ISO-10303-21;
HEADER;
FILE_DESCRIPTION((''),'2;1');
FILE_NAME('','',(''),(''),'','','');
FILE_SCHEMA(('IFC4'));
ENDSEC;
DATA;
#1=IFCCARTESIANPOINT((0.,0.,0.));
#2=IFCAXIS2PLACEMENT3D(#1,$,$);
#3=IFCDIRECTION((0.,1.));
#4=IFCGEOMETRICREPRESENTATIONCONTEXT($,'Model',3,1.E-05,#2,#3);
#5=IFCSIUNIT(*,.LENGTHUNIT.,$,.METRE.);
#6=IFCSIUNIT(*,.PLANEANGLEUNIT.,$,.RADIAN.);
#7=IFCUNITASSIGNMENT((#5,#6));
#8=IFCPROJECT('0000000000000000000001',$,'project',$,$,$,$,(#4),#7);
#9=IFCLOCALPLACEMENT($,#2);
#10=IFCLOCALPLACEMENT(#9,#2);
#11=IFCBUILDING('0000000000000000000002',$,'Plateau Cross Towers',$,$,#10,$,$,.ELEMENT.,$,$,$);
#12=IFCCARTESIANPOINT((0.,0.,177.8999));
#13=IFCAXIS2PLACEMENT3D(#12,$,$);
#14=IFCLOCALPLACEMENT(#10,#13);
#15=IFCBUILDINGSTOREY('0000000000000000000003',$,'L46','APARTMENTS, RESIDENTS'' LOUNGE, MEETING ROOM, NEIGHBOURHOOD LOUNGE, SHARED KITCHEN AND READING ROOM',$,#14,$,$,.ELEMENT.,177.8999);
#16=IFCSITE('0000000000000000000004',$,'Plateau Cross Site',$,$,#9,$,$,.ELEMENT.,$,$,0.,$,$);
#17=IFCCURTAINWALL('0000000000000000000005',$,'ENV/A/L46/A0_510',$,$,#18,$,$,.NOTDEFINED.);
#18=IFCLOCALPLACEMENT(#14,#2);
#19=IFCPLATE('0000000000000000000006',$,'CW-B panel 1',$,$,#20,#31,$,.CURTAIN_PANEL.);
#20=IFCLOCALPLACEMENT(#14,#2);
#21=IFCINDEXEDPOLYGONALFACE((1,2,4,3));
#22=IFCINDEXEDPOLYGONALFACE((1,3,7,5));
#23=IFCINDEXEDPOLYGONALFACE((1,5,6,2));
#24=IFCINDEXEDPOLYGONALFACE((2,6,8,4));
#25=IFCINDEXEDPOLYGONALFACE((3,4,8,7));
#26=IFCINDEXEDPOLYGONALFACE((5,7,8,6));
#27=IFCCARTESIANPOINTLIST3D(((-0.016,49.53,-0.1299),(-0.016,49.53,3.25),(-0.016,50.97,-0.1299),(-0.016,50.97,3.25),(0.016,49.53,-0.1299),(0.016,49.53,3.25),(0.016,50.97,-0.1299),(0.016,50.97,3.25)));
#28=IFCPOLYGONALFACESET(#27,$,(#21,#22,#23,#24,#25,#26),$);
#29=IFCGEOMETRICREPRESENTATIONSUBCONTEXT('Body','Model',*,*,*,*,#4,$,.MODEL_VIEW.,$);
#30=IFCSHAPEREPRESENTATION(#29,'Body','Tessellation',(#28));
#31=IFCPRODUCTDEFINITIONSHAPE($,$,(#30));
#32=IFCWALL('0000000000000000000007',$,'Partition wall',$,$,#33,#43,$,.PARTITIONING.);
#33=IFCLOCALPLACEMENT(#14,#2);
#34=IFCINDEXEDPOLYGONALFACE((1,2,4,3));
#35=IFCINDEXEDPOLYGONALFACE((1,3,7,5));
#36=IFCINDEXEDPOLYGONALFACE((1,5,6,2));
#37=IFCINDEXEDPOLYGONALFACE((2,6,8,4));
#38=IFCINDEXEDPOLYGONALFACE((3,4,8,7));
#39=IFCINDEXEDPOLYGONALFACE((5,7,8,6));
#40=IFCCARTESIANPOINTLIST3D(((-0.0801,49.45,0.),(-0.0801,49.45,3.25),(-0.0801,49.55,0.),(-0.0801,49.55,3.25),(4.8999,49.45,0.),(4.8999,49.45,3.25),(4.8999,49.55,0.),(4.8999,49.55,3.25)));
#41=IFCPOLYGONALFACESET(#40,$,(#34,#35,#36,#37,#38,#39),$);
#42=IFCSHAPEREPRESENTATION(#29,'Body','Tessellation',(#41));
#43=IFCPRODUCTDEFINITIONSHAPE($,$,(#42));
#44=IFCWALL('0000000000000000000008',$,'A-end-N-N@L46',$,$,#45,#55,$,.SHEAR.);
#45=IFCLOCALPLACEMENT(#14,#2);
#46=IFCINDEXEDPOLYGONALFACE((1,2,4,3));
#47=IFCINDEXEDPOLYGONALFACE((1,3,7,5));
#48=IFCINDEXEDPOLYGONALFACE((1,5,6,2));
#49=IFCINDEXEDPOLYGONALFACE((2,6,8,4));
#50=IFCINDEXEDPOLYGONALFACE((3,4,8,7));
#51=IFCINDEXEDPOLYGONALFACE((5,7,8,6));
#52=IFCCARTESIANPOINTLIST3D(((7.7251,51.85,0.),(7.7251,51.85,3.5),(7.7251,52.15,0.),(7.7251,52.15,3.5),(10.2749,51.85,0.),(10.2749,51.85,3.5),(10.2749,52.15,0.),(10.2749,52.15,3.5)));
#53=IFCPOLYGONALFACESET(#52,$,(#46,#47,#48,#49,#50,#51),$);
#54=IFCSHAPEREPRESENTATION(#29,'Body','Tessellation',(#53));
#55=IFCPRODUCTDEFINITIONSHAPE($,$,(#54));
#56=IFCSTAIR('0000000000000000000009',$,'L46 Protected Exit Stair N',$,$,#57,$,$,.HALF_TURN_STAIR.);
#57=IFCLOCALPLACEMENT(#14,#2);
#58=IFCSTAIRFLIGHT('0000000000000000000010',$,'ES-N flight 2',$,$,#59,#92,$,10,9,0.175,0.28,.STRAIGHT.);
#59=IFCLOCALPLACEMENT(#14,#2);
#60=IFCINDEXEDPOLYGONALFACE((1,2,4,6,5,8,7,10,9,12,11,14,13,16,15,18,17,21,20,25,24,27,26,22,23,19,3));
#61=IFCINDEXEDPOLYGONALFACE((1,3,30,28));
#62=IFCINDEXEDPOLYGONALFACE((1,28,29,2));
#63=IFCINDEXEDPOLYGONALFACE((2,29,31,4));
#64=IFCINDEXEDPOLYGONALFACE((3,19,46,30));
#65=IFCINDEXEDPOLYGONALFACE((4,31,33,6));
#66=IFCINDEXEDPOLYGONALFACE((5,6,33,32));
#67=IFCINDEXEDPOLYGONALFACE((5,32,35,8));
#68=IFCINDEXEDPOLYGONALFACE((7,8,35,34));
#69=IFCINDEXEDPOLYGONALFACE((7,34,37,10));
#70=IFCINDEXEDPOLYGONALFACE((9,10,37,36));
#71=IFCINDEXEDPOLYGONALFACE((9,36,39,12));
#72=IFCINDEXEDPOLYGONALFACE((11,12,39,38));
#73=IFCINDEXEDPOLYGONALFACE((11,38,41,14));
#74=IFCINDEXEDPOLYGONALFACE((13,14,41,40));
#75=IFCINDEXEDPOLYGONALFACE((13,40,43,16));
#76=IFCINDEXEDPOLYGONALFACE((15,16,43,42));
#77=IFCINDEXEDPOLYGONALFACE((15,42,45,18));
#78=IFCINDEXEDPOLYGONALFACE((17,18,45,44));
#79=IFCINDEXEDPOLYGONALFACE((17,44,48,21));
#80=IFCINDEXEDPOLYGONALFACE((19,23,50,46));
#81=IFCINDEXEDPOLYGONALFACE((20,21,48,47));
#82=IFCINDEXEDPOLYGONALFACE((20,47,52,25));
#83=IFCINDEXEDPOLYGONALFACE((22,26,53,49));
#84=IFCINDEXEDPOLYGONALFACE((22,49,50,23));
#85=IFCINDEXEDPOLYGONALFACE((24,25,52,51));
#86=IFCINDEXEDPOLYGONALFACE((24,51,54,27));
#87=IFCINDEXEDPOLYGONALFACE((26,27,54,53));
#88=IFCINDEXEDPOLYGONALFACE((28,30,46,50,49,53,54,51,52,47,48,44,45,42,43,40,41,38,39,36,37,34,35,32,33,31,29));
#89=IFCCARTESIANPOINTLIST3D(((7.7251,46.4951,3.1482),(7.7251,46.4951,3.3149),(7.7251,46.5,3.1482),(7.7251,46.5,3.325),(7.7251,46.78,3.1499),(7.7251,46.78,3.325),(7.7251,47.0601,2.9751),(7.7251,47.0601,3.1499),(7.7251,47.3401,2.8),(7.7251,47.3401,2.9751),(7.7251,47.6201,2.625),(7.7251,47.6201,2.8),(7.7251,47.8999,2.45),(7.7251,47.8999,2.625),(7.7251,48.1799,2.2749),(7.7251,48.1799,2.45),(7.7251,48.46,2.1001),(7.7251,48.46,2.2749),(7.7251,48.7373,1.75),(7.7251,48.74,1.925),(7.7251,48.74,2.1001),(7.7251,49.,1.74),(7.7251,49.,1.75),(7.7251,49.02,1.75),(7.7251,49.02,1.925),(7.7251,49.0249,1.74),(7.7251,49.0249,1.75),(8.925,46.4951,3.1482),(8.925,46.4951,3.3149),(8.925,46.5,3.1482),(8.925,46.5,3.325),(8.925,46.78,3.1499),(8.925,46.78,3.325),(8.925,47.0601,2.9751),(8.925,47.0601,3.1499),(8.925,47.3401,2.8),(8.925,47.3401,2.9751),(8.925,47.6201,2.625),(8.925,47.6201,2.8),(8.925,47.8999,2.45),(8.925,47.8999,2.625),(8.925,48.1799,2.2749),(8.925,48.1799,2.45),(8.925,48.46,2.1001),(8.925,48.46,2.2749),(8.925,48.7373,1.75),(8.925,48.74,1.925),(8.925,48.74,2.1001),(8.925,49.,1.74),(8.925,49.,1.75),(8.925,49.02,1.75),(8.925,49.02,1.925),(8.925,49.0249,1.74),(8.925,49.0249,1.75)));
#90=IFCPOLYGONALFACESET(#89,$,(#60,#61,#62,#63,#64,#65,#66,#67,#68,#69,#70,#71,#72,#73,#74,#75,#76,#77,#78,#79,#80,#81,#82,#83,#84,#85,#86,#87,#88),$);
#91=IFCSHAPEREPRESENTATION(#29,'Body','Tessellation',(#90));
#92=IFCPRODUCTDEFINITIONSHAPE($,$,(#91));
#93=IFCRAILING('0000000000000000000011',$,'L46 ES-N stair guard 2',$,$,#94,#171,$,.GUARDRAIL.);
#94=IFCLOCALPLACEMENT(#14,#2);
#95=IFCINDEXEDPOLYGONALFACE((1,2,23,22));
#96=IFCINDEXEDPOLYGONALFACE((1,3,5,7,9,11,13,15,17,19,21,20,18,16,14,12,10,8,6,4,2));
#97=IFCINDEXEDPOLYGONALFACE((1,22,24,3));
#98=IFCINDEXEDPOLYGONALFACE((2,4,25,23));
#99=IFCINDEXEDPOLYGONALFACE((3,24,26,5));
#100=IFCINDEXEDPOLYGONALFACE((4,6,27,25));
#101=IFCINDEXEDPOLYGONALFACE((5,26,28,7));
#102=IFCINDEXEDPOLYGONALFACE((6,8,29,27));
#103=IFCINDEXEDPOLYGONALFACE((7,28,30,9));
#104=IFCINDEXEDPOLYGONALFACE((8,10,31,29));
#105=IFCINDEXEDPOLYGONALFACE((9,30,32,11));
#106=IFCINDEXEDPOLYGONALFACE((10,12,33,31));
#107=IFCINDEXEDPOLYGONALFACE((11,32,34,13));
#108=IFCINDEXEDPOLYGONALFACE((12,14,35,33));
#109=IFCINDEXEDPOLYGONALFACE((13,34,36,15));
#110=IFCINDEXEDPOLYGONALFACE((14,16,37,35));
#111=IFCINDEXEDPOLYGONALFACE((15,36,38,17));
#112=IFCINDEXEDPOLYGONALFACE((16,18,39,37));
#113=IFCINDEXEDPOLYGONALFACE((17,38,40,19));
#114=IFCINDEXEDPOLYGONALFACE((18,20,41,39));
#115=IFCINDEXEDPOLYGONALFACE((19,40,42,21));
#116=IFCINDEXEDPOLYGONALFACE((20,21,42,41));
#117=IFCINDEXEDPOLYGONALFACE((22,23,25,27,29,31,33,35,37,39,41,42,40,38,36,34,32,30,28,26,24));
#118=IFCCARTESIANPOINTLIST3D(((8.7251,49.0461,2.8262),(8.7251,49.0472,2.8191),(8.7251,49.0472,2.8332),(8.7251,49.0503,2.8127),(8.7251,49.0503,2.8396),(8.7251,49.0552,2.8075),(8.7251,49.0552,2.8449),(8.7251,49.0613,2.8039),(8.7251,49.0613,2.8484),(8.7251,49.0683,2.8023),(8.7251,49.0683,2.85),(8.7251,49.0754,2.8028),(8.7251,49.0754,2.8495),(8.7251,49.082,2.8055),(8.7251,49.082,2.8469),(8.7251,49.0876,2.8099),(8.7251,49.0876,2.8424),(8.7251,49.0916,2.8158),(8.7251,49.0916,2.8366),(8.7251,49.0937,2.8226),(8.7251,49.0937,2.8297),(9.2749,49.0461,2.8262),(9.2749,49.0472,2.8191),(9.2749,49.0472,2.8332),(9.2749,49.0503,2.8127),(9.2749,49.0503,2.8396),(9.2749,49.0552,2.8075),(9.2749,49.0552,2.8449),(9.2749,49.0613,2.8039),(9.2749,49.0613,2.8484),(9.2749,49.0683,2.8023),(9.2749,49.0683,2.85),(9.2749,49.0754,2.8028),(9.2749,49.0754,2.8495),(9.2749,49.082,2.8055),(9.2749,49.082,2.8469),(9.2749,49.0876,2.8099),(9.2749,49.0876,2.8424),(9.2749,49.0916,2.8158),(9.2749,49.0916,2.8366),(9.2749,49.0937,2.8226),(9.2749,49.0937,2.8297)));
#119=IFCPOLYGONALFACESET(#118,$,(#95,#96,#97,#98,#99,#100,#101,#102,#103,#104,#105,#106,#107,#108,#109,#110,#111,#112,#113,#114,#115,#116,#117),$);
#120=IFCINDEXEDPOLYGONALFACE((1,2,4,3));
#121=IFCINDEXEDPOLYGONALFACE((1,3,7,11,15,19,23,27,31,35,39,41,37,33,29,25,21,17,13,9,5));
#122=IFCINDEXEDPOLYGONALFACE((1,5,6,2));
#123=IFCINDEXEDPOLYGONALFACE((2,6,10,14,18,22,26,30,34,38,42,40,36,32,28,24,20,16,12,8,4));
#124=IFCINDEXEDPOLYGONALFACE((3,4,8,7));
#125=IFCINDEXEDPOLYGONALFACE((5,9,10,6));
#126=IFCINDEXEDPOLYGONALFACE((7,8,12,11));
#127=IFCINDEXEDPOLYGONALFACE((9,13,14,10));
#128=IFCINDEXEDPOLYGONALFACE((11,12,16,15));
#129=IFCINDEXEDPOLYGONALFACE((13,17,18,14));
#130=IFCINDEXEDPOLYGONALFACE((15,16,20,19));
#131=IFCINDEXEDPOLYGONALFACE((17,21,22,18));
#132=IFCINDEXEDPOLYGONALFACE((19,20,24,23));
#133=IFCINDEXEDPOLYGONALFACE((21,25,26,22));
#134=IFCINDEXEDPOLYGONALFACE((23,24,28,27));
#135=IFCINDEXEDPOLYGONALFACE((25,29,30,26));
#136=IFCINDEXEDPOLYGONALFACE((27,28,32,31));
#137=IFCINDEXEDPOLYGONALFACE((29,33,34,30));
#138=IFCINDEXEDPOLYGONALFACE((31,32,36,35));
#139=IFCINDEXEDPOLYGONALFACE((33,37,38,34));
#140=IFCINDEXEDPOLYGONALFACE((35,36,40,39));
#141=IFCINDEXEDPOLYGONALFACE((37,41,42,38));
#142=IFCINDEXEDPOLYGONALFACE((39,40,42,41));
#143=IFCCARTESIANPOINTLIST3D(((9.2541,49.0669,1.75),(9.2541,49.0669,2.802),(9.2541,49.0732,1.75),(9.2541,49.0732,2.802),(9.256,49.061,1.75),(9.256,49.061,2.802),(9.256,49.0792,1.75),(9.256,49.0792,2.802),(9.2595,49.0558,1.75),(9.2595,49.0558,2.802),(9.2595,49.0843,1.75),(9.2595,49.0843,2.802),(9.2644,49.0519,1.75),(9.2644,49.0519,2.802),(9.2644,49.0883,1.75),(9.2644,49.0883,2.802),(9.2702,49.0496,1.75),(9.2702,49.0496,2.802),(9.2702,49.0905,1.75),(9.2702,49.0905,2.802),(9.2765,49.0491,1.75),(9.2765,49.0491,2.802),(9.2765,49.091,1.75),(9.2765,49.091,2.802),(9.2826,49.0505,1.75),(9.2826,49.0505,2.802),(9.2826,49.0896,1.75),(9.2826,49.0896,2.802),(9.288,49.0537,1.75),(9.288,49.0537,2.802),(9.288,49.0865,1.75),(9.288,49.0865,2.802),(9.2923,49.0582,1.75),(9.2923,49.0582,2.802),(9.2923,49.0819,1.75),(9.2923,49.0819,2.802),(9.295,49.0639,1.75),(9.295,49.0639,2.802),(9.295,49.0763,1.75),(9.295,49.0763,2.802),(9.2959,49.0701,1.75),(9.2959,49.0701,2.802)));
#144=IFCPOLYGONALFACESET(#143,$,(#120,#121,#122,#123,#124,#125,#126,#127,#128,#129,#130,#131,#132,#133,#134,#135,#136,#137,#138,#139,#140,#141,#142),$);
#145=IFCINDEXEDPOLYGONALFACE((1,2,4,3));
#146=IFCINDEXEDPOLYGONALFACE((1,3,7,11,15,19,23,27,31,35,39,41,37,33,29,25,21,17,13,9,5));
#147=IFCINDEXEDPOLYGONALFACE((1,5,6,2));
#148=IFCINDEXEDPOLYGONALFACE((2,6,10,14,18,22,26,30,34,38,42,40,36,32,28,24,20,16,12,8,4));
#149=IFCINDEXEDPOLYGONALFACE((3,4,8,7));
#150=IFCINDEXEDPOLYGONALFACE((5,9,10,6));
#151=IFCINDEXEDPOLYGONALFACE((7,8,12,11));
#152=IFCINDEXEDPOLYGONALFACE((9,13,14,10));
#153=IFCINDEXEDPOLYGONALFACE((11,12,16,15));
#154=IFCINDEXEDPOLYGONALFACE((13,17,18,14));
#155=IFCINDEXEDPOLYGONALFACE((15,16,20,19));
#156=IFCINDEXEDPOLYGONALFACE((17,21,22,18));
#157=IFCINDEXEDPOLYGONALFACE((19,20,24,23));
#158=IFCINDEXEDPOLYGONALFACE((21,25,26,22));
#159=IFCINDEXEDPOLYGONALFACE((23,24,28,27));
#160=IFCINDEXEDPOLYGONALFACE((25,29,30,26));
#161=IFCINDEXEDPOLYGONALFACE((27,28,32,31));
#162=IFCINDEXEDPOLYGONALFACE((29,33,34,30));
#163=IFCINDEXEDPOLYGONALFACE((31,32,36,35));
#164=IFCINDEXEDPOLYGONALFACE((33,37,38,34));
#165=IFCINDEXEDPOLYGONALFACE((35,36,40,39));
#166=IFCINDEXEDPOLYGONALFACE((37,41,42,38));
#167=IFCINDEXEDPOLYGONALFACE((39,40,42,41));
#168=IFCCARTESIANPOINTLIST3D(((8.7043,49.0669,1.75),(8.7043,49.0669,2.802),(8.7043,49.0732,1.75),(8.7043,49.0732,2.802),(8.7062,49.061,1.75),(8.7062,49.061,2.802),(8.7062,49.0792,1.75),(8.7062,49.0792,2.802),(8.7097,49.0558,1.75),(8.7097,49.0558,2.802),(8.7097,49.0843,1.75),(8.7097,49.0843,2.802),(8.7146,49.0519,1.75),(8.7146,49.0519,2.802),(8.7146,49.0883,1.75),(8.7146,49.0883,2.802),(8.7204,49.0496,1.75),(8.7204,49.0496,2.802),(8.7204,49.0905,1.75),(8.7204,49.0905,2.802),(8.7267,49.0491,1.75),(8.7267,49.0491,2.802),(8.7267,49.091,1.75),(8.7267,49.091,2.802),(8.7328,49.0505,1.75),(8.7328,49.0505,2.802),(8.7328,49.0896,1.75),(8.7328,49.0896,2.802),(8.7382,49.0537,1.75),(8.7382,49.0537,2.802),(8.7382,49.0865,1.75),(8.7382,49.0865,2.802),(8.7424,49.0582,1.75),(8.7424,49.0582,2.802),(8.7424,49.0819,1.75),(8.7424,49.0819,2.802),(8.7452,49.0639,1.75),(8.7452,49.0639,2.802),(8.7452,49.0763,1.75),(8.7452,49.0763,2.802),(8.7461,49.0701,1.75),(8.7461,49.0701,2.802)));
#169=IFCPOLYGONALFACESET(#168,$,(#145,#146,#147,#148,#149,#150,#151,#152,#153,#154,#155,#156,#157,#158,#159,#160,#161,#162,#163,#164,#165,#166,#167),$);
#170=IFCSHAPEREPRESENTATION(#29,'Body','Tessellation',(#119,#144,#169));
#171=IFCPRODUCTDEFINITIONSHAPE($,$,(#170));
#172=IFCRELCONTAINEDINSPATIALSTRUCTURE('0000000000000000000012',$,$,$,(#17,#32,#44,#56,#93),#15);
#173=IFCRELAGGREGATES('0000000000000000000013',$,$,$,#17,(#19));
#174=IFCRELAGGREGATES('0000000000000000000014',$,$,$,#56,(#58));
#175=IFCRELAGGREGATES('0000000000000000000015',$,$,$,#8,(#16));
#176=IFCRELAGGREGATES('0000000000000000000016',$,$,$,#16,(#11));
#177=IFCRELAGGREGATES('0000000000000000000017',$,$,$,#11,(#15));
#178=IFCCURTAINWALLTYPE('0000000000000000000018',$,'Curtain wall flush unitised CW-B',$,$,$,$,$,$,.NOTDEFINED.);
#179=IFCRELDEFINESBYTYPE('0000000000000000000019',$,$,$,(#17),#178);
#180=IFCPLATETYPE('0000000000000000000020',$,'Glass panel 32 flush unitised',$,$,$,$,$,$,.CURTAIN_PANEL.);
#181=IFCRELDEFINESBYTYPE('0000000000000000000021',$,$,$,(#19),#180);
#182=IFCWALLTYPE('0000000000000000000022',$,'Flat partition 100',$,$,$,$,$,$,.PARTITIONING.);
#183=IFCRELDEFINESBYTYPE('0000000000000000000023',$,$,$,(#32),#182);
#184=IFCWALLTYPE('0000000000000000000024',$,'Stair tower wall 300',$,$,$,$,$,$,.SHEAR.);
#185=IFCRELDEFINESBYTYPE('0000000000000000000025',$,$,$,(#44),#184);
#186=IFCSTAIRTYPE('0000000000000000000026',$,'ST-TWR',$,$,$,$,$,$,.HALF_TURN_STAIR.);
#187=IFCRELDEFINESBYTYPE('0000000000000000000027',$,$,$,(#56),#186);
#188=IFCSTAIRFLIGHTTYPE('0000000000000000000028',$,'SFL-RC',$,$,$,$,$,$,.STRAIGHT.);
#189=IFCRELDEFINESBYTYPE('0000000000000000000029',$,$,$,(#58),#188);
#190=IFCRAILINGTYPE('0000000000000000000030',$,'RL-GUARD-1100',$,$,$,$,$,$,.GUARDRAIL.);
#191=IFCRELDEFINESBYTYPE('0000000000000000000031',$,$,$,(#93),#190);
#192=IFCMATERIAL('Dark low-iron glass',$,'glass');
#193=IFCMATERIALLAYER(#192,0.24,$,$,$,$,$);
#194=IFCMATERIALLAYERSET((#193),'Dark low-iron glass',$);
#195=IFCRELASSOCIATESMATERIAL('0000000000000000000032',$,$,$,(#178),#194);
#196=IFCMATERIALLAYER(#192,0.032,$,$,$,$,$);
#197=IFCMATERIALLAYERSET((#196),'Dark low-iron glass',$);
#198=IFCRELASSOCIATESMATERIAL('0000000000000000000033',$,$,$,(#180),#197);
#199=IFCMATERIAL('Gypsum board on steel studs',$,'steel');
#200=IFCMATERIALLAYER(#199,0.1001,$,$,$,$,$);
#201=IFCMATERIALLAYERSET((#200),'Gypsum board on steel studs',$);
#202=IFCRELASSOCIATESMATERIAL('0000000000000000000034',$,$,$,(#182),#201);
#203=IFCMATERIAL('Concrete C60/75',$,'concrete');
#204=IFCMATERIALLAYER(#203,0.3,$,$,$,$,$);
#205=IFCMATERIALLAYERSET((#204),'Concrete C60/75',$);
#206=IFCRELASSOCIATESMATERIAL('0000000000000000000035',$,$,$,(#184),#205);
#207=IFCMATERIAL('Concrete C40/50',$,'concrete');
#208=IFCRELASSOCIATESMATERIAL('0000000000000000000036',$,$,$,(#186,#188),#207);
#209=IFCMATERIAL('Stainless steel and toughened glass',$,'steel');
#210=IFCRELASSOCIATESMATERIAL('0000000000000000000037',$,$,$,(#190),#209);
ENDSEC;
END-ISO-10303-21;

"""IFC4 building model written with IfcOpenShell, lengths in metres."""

from ifc_helpers import new_model, si_unit, direction, frame, frame_2d, origin, origin_2d, place, context, subcontext, project, spatial, polyline, rectangle, circle, outline, extrude, material, layer, layer_set, type_object, element, aggregate, save


model = new_model("IFC4")

# Units and contexts
model_context = context("Model", 3, precision=1e-05, world=origin(), true_north=direction((0.0, 1.0)))
body_context = subcontext(model_context, "Body", "Model", "MODEL_VIEW")
ifc_project = project(units=[si_unit("LENGTHUNIT", "METRE"), si_unit("PLANEANGLEUNIT", "RADIAN")], contexts=[model_context])

# Site, building, storey
site_placement = place(None, origin())
site = spatial("IfcSite", under=ifc_project, at=site_placement, Name="Plateau Cross Site", CompositionType="ELEMENT", RefElevation=0.0)
building_placement = place(site_placement, origin())
building = spatial("IfcBuilding", under=site, at=building_placement, Name="Plateau Cross Towers", CompositionType="ELEMENT")
storey_placement = place(building_placement, frame((0.0, 0.0, 177.8999)))
storey = spatial("IfcBuildingStorey", under=building, at=storey_placement, Name="L46", Description="APARTMENTS, RESIDENTS' LOUNGE, MEETING ROOM, NEIGHBOURHOOD LOUNGE, SHARED KITCHEN AND READING ROOM", CompositionType="ELEMENT", Elevation=177.8999)

# Shared definitions
ifc_material_1 = material(Name="Concrete C60/75", Category="concrete")

# Shared definitions
ifc_material_2 = material(Name="Dark low-iron glass", Category="glass")
ifc_layer_1 = layer(ifc_material_2, 0.24)
ifc_layer_set_1 = layer_set([ifc_layer_1], Name="Dark low-iron glass")
curtain_wall_type = type_object("IfcCurtainWallType", Name="Curtain wall flush unitised CW-B", PredefinedType="NOTDEFINED", material=ifc_layer_set_1)

# Curtain wall
curtain_wall_1_placement = place(storey_placement, origin())
curtain_wall_1 = element("IfcCurtainWall", 1, at=curtain_wall_1_placement, inside=storey, type_object=curtain_wall_type, Name="ENV/A/L46/A0_510", PredefinedType="NOTDEFINED")

# Plate
ifc_layer_2 = layer(ifc_material_2, 0.032)
ifc_layer_set_2 = layer_set([ifc_layer_2], Name="Dark low-iron glass")
plate_type = type_object("IfcPlateType", Name="Glass panel 32 flush unitised", PredefinedType="CURTAIN_PANEL", material=ifc_layer_set_2)
plate_1_placement = place(storey_placement, frame((0.0, 50.25, -0.1299), z_axis=(0.0, 0.0, 1.0), x_axis=(0.0, -1.0, 0.0)))
plate_1 = element("IfcPlate", 2, at=plate_1_placement, type_object=plate_type, Name="CW-B panel 1", PredefinedType="CURTAIN_PANEL", context=body_context, shape_type="SweptSolid", body=[
    extrude(rectangle(XDim=1.4399, YDim=0.032, at=origin_2d()), origin(), (0.0, 0.0, 1.0), 3.3799),
])
aggregate(curtain_wall_1, [plate_1])

# Walls
ifc_material_3 = material(Name="Gypsum board on steel studs", Category="steel")
ifc_layer_3 = layer(ifc_material_3, 0.1001)
ifc_layer_set_3 = layer_set([ifc_layer_3], Name="Gypsum board on steel studs")
wall_type_1 = type_object("IfcWallType", Name="Flat partition 100", PredefinedType="PARTITIONING", material=ifc_layer_set_3)
wall_1_placement = place(storey_placement, frame((4.8999, 49.5, 0.0), z_axis=(0.0, 0.0, 1.0), x_axis=(-1.0, 0.0, 0.0)))
element("IfcWall", 3, at=wall_1_placement, inside=storey, type_object=wall_type_1, Name="Partition wall", PredefinedType="PARTITIONING", context=body_context, shape_type="SweptSolid", body=[
    extrude(rectangle(XDim=4.98, YDim=0.1001, at=frame_2d((2.49, 0.0))), origin(), (0.0, 0.0, 1.0), 3.25),
])
ifc_layer_4 = layer(ifc_material_1, 0.3)
ifc_layer_set_4 = layer_set([ifc_layer_4], Name="Concrete C60/75")
wall_type_2 = type_object("IfcWallType", Name="Stair tower wall 300", PredefinedType="SHEAR", material=ifc_layer_set_4)
wall_2_placement = place(storey_placement, frame((7.7251, 52.0, 0.0), z_axis=(0.0, 0.0, 1.0), x_axis=(1.0, 0.0, 0.0)))
element("IfcWall", 4, at=wall_2_placement, inside=storey, type_object=wall_type_2, Name="A-end-N-N@L46", PredefinedType="SHEAR", context=body_context, shape_type="SweptSolid", body=[
    extrude(rectangle(XDim=2.5498, YDim=0.3, at=frame_2d((1.2749, 0.0))), origin(), (0.0, 0.0, 1.0), 3.5),
])

# Stair, stair flight
ifc_material_4 = material(Name="Concrete C40/50", Category="concrete")
stair_type = type_object("IfcStairType", Name="ST-TWR", PredefinedType="HALF_TURN_STAIR", material=ifc_material_4)
stair_placement = place(storey_placement, origin())
stair = element("IfcStair", 5, at=stair_placement, inside=storey, type_object=stair_type, Name="L46 Protected Exit Stair N", PredefinedType="HALF_TURN_STAIR")
stair_flight_type = type_object("IfcStairFlightType", Name="SFL-RC", PredefinedType="STRAIGHT", material=ifc_material_4)
stair_flight_placement = place(storey_placement, frame((8.325, 49.02, 1.75), z_axis=(0.0, 0.0, 1.0), x_axis=(0.0, -1.0, 0.0)))
stair_flight = element("IfcStairFlight", 6, at=stair_flight_placement, type_object=stair_flight_type, Name="ES-N flight 2", NumberOfRisers=10, NumberOfTreads=9, PredefinedType="STRAIGHT", RiserHeight=0.175, TreadLength=0.28, context=body_context, shape_type="SweptSolid", body=[
    extrude(outline(polyline([(-0.0049, -0.01), (-0.0049, 0.0), (0.0, 0.0), (0.0, 0.175), (0.28, 0.175), (0.28, 0.3501), (0.5601, 0.3501), (0.5601, 0.5249), (0.8401, 0.5249), (0.8401, 0.7), (1.1201, 0.7), (1.1201, 0.875), (1.3999, 0.875), (1.3999, 1.05), (1.6799, 1.05), (1.6799, 1.2251), (1.96, 1.2251), (1.96, 1.3999), (2.24, 1.3999), (2.24, 1.575), (2.52, 1.575), (2.5249, 1.5649), (2.5249, 1.3982), (2.52, 1.3982), (0.2827, 0.0), (0.02, 0.0), (0.02, -0.01), (-0.0049, -0.01)])), frame((0.0, 0.6001, 0.0), z_axis=(0.0, -1.0, 0.0), x_axis=(1.0, 0.0, 0.0)), (0.0, 0.0, 1.0), 1.2),
])
aggregate(stair, [stair_flight])

# Railing
ifc_material_5 = material(Name="Stainless steel and toughened glass", Category="steel")
railing_type_1 = type_object("IfcRailingType", Name="RL-GUARD-1100", PredefinedType="GUARDRAIL", material=ifc_material_5)
railing_1_placement = place(storey_placement, frame((9.2749, 49.0701, 1.75)))
element("IfcRailing", 7, at=railing_1_placement, inside=storey, type_object=railing_type_1, Name="L46 ES-N stair guard 2", PredefinedType="GUARDRAIL", context=body_context, shape_type="SweptSolid", body=[
    extrude(circle(Radius=0.0239, at=origin_2d()), frame((0.0, 0.0, 1.0762), z_axis=(-1.0, 0.0, 0.0), x_axis=(0.0, -1.0, 0.0)), (0.0, 0.0, 1.0), 0.5498),
    extrude(circle(Radius=0.021, at=origin_2d()), origin(), (0.0, 0.0, 1.0), 1.052),
    extrude(circle(Radius=0.021, at=origin_2d()), frame((-0.5498, 0.0, 0.0)), (0.0, 0.0, 1.0), 1.052),
])

save(model, "model.ifc")
